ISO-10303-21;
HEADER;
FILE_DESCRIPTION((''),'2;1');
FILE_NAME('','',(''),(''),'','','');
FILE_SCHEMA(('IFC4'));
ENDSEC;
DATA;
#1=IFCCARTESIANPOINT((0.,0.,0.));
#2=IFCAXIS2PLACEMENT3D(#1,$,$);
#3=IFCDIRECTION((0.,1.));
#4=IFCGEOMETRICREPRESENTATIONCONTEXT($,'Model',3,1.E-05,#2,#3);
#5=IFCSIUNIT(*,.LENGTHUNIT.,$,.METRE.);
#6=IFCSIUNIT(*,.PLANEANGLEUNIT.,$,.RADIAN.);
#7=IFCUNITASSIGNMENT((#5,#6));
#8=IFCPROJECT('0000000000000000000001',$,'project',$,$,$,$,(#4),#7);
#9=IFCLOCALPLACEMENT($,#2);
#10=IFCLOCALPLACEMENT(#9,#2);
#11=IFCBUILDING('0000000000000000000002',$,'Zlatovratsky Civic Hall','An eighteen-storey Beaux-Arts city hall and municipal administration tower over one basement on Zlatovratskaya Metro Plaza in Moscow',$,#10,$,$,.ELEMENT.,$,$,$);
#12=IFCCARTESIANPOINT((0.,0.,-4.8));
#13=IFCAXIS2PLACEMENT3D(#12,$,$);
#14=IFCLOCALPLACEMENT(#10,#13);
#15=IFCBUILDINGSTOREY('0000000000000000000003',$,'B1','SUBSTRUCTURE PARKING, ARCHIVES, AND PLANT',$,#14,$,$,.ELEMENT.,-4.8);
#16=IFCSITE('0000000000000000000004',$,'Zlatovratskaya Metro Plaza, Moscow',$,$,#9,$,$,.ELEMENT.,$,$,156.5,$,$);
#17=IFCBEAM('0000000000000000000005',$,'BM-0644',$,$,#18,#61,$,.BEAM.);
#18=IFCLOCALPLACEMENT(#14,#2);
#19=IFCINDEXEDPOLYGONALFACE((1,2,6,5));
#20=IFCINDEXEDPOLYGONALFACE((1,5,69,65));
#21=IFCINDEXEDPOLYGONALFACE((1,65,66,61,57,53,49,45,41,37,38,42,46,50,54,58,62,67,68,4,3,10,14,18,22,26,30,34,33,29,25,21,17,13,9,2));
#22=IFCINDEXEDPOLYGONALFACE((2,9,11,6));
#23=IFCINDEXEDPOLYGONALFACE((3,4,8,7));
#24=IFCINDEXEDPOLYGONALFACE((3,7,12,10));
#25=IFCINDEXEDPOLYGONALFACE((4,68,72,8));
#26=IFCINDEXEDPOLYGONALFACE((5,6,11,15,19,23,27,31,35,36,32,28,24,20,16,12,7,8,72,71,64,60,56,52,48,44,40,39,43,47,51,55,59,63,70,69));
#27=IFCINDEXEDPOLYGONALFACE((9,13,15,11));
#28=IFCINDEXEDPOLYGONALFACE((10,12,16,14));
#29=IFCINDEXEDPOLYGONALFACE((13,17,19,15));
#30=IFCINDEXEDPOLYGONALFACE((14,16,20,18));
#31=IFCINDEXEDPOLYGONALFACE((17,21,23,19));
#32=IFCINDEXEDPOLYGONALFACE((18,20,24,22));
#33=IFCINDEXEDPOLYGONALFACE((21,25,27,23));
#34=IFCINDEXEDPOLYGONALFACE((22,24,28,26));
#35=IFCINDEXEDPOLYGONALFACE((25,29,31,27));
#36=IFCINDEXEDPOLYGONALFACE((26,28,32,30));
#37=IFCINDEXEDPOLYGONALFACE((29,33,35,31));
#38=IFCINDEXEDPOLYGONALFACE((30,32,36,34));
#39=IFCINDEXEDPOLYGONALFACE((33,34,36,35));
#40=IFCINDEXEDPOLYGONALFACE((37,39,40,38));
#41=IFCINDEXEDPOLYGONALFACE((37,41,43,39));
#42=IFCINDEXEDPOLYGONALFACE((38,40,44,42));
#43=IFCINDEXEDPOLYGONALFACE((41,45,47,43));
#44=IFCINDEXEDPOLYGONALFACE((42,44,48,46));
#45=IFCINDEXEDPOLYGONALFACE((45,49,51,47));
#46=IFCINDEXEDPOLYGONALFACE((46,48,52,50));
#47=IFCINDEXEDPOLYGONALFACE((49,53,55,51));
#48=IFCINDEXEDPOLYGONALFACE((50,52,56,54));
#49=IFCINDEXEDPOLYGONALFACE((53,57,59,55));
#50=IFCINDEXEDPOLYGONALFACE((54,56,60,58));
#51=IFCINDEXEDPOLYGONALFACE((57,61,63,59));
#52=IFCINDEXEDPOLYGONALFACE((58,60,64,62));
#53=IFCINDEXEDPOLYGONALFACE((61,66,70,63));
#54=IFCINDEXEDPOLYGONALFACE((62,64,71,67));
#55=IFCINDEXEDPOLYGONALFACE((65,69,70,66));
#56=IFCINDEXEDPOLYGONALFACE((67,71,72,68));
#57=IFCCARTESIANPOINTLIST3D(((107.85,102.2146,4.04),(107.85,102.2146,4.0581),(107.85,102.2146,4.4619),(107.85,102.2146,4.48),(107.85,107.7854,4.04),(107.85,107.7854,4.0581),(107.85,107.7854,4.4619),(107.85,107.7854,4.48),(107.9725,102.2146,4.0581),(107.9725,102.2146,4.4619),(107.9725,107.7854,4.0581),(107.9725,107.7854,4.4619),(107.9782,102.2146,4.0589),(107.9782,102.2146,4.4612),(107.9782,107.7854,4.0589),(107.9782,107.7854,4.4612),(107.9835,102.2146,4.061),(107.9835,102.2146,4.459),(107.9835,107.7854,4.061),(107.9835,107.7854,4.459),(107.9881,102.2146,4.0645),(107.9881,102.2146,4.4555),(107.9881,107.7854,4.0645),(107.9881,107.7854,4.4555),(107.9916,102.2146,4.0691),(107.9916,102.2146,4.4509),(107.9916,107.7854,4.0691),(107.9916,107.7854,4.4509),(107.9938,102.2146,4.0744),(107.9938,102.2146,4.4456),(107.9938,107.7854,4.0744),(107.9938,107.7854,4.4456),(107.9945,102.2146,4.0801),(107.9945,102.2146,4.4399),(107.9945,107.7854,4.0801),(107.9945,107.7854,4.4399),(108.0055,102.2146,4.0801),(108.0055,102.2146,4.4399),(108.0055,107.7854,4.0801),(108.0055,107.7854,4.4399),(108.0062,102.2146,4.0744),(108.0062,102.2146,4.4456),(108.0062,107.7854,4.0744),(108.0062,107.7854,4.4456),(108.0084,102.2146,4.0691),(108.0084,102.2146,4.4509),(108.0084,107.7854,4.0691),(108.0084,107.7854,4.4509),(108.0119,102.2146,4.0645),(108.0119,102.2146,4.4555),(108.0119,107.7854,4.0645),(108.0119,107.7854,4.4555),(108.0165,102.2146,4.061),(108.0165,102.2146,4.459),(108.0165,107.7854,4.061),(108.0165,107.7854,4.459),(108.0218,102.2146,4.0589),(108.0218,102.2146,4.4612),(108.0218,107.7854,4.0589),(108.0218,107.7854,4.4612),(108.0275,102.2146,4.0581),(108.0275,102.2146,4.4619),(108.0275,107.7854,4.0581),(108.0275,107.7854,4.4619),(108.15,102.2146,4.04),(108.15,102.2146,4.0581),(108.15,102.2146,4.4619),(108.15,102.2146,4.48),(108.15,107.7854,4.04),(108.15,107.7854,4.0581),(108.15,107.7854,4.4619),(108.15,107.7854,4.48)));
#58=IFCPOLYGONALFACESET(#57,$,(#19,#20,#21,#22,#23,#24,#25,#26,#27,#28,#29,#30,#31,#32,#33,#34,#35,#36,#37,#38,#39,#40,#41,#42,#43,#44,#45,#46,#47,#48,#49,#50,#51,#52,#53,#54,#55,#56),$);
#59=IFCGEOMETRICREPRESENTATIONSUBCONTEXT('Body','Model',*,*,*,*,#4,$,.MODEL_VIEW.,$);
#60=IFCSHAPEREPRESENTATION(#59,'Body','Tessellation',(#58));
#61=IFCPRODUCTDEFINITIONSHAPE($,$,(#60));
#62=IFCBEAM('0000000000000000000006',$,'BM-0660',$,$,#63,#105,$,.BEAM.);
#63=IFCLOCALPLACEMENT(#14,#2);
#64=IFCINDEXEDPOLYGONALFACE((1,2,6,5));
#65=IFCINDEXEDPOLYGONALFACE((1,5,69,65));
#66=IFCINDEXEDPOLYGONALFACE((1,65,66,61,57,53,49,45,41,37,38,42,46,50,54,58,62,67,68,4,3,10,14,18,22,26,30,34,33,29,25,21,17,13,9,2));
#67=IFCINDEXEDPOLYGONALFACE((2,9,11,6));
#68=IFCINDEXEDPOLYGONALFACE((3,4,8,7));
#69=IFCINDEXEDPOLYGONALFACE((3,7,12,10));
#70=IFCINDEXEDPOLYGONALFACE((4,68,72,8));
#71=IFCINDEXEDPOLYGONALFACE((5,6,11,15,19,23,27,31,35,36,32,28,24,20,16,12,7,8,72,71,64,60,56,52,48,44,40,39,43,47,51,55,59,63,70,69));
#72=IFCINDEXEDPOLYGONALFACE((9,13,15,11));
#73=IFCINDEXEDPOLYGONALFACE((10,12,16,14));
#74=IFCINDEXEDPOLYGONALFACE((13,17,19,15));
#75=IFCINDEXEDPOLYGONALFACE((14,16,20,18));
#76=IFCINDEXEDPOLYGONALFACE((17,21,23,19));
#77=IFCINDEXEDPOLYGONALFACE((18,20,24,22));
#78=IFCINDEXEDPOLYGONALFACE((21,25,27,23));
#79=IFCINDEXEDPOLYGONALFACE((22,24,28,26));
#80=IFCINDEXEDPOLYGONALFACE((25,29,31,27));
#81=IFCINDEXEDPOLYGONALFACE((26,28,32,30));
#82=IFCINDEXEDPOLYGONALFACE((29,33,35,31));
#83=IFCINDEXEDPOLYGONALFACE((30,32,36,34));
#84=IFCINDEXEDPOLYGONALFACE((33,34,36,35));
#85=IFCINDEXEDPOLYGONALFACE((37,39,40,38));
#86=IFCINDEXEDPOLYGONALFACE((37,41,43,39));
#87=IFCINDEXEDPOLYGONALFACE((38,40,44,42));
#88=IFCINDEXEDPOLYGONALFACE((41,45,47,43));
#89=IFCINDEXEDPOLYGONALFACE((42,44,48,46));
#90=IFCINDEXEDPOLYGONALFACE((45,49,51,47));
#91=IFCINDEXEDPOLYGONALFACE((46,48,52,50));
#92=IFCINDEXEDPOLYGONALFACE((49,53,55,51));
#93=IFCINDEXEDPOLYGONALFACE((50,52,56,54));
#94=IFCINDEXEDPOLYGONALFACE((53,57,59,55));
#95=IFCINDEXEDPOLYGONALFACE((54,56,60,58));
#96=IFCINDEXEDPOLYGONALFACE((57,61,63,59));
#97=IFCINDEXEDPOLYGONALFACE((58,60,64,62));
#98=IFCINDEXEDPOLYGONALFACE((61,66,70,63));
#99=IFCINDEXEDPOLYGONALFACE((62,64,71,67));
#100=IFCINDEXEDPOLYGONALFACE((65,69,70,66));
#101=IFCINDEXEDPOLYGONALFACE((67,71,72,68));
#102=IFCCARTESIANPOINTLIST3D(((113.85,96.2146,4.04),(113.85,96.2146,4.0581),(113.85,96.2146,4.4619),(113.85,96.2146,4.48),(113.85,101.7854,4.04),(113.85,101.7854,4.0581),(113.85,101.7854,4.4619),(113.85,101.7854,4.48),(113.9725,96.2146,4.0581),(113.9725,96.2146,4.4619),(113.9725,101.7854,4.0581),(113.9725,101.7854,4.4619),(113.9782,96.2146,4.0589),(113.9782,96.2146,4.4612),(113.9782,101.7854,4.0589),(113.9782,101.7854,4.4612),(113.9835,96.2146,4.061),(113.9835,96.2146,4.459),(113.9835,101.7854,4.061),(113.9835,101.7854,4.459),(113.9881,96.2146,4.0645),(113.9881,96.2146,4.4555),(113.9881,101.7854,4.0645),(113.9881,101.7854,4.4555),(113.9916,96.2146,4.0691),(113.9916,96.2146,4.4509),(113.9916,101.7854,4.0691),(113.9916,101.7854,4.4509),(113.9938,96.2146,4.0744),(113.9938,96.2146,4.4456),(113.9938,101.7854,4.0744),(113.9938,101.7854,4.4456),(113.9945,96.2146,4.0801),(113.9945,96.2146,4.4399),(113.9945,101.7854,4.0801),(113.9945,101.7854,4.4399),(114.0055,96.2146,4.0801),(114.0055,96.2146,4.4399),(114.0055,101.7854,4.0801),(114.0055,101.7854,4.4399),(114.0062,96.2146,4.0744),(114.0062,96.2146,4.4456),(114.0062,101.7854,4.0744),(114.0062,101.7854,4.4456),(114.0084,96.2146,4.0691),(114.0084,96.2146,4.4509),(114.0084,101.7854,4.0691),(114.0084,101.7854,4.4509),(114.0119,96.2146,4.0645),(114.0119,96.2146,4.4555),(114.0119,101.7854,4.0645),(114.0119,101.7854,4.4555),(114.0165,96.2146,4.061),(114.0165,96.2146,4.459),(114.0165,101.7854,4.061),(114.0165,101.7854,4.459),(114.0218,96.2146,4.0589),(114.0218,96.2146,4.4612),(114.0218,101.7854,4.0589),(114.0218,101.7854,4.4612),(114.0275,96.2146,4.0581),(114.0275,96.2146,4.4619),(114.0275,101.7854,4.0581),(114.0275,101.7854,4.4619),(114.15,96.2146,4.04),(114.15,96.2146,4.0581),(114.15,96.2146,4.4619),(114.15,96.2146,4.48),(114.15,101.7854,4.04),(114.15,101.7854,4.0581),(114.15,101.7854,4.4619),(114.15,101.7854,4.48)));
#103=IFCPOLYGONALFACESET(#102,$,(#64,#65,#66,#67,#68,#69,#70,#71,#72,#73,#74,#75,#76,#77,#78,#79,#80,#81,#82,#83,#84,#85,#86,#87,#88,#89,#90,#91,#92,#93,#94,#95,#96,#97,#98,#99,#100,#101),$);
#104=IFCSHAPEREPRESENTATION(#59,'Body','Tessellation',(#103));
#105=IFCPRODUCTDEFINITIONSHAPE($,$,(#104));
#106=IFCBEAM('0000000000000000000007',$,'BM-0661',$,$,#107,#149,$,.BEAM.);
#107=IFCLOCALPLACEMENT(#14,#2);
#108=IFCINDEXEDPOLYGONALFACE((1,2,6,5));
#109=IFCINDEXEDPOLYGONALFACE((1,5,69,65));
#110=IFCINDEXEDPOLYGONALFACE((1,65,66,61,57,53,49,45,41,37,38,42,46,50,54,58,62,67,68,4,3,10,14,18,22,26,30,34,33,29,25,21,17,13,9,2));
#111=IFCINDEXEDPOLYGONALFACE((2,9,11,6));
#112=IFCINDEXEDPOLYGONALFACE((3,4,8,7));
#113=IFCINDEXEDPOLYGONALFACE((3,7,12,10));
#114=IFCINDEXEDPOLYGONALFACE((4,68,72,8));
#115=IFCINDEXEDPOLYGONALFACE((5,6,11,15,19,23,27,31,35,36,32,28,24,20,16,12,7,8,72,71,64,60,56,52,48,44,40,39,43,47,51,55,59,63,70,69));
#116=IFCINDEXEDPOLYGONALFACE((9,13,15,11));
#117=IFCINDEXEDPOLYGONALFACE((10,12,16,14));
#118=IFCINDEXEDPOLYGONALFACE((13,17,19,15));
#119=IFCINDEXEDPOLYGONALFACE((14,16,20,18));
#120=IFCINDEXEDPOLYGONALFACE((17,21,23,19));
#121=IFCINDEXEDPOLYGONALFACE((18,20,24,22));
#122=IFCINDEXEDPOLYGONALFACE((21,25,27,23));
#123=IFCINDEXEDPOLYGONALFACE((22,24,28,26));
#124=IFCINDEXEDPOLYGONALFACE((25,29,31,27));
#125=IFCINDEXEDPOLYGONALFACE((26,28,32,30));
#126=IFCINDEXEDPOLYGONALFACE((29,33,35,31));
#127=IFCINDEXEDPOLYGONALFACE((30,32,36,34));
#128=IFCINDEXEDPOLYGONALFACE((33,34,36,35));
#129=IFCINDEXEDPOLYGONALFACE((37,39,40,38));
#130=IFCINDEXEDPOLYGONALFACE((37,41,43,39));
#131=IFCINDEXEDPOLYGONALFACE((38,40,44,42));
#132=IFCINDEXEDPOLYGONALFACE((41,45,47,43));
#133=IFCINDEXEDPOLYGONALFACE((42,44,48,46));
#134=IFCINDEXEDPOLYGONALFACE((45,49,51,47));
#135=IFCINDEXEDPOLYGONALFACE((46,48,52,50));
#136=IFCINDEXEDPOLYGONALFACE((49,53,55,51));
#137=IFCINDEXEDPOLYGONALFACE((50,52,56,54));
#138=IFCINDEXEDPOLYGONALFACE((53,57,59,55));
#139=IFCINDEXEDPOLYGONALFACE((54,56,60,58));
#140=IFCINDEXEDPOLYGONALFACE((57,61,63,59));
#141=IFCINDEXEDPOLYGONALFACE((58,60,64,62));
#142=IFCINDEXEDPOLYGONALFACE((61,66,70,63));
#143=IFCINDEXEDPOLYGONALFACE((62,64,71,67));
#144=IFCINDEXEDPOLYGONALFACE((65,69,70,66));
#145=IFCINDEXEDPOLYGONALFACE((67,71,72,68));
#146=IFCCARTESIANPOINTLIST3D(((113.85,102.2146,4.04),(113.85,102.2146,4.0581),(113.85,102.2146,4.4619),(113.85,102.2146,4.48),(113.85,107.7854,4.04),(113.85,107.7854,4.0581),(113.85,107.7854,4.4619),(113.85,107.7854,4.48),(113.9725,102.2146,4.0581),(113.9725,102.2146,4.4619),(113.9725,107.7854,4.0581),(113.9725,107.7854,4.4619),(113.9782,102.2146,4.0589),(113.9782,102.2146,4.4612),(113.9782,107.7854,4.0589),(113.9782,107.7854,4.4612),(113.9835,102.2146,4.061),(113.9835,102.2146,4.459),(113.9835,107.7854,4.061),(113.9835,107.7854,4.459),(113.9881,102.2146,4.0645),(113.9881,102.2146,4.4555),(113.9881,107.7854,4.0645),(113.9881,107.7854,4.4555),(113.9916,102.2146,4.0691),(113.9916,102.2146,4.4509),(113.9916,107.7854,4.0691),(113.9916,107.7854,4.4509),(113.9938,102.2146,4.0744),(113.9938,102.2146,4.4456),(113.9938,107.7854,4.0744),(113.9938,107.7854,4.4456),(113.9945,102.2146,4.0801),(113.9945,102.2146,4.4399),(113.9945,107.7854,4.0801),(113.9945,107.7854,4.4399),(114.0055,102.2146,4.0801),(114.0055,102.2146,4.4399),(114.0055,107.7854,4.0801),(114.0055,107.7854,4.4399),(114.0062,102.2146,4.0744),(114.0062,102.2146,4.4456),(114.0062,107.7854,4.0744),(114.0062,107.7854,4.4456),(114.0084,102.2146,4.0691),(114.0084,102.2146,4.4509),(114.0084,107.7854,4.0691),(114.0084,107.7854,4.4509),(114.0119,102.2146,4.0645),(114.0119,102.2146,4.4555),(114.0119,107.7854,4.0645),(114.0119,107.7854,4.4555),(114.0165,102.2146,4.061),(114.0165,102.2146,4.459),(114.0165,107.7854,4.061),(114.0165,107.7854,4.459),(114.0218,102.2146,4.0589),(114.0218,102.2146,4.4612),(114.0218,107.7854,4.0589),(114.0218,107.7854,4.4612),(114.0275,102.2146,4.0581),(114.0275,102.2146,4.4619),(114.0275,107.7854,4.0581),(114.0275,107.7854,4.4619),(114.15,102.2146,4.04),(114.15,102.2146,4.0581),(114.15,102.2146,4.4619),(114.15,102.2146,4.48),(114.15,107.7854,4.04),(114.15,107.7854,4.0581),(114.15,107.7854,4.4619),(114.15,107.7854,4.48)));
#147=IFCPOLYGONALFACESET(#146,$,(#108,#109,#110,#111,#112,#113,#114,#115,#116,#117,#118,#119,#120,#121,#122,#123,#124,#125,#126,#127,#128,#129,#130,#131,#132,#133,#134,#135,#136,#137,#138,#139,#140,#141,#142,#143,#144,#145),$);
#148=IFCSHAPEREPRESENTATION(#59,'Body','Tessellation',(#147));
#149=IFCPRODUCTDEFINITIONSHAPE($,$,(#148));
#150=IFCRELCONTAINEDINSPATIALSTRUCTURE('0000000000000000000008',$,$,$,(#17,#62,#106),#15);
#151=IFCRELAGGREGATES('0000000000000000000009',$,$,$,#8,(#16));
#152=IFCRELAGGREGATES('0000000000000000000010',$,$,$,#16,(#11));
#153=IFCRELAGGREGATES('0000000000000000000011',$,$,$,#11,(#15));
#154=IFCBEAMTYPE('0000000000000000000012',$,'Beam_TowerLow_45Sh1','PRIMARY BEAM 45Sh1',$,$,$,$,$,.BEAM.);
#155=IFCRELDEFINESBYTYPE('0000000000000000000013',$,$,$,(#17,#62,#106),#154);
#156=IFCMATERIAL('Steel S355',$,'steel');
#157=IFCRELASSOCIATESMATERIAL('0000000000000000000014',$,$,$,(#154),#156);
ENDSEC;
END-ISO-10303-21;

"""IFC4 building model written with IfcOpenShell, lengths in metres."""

from ifc_helpers import new_model, si_unit, direction, frame, origin, origin_2d, place, context, subcontext, project, spatial, i_section, extrude, material, material_profile, profile_set, type_object, element, save


model = new_model("IFC4")

# Units and contexts
model_context = context("Model", 3, precision=1e-05, world=origin(), true_north=direction((0.0, 1.0)))
body_context = subcontext(model_context, "Body", "Model", "MODEL_VIEW")
ifc_project = project(units=[si_unit("LENGTHUNIT", "METRE"), si_unit("PLANEANGLEUNIT", "RADIAN")], contexts=[model_context])

# Site, building, storey
site_placement = place(None, origin())
site = spatial("IfcSite", under=ifc_project, at=site_placement, Name="Zlatovratskaya Metro Plaza, Moscow", CompositionType="ELEMENT", RefElevation=156.5)
building_placement = place(site_placement, origin())
building = spatial("IfcBuilding", under=site, at=building_placement, Name="Zlatovratsky Civic Hall", Description="An eighteen-storey Beaux-Arts city hall and municipal administration tower over one basement on Zlatovratskaya Metro Plaza in Moscow", CompositionType="ELEMENT")
storey_placement = place(building_placement, frame((0.0, 0.0, -4.8)))
storey = spatial("IfcBuildingStorey", under=building, at=storey_placement, Name="B1", Description="SUBSTRUCTURE PARKING, ARCHIVES, AND PLANT", CompositionType="ELEMENT", Elevation=-4.8)

# Shared definitions
ifc_material_1 = material(Name="Steel S355", Category="steel")

# Beams
ifc_material_profile_1 = material_profile(ifc_material_1, i_section(OverallWidth=0.3, OverallDepth=0.4399, WebThickness=0.011, FlangeThickness=0.0181, FilletRadius=0.022, at=origin_2d()), Name="45Sh1")
ifc_profile_set_1 = profile_set([ifc_material_profile_1], Name="Steel S355")
beam_type = type_object("IfcBeamType", Name="Beam_TowerLow_45Sh1", Description="PRIMARY BEAM 45Sh1", PredefinedType="BEAM", material=ifc_profile_set_1)
for number, where, z_axis, x_axis, name in (
    (1, (108.0, 102.2146, 4.26), (0.0, 1.0, 0.0), (-1.0, 0.0, 0.0), "BM-0644"),
    (2, (114.0, 96.2146, 4.26), (0.0, 1.0, 0.0), (-1.0, 0.0, 0.0), "BM-0660"),
    (3, (114.0, 102.2146, 4.26), (0.0, 1.0, 0.0), (-1.0, 0.0, 0.0), "BM-0661"),
):
    element("IfcBeam", number, at=place(storey_placement, frame(where, z_axis=z_axis, x_axis=x_axis)), inside=storey, type_object=beam_type, Name=name, PredefinedType="BEAM", context=body_context, shape_type="SweptSolid", body=[
        extrude(i_section(OverallWidth=0.3, OverallDepth=0.4399, WebThickness=0.011, FlangeThickness=0.0181, FilletRadius=0.022, at=origin_2d()), origin(), (0.0, 0.0, 1.0), 5.5708),
    ])

save(model, "model.ifc")
